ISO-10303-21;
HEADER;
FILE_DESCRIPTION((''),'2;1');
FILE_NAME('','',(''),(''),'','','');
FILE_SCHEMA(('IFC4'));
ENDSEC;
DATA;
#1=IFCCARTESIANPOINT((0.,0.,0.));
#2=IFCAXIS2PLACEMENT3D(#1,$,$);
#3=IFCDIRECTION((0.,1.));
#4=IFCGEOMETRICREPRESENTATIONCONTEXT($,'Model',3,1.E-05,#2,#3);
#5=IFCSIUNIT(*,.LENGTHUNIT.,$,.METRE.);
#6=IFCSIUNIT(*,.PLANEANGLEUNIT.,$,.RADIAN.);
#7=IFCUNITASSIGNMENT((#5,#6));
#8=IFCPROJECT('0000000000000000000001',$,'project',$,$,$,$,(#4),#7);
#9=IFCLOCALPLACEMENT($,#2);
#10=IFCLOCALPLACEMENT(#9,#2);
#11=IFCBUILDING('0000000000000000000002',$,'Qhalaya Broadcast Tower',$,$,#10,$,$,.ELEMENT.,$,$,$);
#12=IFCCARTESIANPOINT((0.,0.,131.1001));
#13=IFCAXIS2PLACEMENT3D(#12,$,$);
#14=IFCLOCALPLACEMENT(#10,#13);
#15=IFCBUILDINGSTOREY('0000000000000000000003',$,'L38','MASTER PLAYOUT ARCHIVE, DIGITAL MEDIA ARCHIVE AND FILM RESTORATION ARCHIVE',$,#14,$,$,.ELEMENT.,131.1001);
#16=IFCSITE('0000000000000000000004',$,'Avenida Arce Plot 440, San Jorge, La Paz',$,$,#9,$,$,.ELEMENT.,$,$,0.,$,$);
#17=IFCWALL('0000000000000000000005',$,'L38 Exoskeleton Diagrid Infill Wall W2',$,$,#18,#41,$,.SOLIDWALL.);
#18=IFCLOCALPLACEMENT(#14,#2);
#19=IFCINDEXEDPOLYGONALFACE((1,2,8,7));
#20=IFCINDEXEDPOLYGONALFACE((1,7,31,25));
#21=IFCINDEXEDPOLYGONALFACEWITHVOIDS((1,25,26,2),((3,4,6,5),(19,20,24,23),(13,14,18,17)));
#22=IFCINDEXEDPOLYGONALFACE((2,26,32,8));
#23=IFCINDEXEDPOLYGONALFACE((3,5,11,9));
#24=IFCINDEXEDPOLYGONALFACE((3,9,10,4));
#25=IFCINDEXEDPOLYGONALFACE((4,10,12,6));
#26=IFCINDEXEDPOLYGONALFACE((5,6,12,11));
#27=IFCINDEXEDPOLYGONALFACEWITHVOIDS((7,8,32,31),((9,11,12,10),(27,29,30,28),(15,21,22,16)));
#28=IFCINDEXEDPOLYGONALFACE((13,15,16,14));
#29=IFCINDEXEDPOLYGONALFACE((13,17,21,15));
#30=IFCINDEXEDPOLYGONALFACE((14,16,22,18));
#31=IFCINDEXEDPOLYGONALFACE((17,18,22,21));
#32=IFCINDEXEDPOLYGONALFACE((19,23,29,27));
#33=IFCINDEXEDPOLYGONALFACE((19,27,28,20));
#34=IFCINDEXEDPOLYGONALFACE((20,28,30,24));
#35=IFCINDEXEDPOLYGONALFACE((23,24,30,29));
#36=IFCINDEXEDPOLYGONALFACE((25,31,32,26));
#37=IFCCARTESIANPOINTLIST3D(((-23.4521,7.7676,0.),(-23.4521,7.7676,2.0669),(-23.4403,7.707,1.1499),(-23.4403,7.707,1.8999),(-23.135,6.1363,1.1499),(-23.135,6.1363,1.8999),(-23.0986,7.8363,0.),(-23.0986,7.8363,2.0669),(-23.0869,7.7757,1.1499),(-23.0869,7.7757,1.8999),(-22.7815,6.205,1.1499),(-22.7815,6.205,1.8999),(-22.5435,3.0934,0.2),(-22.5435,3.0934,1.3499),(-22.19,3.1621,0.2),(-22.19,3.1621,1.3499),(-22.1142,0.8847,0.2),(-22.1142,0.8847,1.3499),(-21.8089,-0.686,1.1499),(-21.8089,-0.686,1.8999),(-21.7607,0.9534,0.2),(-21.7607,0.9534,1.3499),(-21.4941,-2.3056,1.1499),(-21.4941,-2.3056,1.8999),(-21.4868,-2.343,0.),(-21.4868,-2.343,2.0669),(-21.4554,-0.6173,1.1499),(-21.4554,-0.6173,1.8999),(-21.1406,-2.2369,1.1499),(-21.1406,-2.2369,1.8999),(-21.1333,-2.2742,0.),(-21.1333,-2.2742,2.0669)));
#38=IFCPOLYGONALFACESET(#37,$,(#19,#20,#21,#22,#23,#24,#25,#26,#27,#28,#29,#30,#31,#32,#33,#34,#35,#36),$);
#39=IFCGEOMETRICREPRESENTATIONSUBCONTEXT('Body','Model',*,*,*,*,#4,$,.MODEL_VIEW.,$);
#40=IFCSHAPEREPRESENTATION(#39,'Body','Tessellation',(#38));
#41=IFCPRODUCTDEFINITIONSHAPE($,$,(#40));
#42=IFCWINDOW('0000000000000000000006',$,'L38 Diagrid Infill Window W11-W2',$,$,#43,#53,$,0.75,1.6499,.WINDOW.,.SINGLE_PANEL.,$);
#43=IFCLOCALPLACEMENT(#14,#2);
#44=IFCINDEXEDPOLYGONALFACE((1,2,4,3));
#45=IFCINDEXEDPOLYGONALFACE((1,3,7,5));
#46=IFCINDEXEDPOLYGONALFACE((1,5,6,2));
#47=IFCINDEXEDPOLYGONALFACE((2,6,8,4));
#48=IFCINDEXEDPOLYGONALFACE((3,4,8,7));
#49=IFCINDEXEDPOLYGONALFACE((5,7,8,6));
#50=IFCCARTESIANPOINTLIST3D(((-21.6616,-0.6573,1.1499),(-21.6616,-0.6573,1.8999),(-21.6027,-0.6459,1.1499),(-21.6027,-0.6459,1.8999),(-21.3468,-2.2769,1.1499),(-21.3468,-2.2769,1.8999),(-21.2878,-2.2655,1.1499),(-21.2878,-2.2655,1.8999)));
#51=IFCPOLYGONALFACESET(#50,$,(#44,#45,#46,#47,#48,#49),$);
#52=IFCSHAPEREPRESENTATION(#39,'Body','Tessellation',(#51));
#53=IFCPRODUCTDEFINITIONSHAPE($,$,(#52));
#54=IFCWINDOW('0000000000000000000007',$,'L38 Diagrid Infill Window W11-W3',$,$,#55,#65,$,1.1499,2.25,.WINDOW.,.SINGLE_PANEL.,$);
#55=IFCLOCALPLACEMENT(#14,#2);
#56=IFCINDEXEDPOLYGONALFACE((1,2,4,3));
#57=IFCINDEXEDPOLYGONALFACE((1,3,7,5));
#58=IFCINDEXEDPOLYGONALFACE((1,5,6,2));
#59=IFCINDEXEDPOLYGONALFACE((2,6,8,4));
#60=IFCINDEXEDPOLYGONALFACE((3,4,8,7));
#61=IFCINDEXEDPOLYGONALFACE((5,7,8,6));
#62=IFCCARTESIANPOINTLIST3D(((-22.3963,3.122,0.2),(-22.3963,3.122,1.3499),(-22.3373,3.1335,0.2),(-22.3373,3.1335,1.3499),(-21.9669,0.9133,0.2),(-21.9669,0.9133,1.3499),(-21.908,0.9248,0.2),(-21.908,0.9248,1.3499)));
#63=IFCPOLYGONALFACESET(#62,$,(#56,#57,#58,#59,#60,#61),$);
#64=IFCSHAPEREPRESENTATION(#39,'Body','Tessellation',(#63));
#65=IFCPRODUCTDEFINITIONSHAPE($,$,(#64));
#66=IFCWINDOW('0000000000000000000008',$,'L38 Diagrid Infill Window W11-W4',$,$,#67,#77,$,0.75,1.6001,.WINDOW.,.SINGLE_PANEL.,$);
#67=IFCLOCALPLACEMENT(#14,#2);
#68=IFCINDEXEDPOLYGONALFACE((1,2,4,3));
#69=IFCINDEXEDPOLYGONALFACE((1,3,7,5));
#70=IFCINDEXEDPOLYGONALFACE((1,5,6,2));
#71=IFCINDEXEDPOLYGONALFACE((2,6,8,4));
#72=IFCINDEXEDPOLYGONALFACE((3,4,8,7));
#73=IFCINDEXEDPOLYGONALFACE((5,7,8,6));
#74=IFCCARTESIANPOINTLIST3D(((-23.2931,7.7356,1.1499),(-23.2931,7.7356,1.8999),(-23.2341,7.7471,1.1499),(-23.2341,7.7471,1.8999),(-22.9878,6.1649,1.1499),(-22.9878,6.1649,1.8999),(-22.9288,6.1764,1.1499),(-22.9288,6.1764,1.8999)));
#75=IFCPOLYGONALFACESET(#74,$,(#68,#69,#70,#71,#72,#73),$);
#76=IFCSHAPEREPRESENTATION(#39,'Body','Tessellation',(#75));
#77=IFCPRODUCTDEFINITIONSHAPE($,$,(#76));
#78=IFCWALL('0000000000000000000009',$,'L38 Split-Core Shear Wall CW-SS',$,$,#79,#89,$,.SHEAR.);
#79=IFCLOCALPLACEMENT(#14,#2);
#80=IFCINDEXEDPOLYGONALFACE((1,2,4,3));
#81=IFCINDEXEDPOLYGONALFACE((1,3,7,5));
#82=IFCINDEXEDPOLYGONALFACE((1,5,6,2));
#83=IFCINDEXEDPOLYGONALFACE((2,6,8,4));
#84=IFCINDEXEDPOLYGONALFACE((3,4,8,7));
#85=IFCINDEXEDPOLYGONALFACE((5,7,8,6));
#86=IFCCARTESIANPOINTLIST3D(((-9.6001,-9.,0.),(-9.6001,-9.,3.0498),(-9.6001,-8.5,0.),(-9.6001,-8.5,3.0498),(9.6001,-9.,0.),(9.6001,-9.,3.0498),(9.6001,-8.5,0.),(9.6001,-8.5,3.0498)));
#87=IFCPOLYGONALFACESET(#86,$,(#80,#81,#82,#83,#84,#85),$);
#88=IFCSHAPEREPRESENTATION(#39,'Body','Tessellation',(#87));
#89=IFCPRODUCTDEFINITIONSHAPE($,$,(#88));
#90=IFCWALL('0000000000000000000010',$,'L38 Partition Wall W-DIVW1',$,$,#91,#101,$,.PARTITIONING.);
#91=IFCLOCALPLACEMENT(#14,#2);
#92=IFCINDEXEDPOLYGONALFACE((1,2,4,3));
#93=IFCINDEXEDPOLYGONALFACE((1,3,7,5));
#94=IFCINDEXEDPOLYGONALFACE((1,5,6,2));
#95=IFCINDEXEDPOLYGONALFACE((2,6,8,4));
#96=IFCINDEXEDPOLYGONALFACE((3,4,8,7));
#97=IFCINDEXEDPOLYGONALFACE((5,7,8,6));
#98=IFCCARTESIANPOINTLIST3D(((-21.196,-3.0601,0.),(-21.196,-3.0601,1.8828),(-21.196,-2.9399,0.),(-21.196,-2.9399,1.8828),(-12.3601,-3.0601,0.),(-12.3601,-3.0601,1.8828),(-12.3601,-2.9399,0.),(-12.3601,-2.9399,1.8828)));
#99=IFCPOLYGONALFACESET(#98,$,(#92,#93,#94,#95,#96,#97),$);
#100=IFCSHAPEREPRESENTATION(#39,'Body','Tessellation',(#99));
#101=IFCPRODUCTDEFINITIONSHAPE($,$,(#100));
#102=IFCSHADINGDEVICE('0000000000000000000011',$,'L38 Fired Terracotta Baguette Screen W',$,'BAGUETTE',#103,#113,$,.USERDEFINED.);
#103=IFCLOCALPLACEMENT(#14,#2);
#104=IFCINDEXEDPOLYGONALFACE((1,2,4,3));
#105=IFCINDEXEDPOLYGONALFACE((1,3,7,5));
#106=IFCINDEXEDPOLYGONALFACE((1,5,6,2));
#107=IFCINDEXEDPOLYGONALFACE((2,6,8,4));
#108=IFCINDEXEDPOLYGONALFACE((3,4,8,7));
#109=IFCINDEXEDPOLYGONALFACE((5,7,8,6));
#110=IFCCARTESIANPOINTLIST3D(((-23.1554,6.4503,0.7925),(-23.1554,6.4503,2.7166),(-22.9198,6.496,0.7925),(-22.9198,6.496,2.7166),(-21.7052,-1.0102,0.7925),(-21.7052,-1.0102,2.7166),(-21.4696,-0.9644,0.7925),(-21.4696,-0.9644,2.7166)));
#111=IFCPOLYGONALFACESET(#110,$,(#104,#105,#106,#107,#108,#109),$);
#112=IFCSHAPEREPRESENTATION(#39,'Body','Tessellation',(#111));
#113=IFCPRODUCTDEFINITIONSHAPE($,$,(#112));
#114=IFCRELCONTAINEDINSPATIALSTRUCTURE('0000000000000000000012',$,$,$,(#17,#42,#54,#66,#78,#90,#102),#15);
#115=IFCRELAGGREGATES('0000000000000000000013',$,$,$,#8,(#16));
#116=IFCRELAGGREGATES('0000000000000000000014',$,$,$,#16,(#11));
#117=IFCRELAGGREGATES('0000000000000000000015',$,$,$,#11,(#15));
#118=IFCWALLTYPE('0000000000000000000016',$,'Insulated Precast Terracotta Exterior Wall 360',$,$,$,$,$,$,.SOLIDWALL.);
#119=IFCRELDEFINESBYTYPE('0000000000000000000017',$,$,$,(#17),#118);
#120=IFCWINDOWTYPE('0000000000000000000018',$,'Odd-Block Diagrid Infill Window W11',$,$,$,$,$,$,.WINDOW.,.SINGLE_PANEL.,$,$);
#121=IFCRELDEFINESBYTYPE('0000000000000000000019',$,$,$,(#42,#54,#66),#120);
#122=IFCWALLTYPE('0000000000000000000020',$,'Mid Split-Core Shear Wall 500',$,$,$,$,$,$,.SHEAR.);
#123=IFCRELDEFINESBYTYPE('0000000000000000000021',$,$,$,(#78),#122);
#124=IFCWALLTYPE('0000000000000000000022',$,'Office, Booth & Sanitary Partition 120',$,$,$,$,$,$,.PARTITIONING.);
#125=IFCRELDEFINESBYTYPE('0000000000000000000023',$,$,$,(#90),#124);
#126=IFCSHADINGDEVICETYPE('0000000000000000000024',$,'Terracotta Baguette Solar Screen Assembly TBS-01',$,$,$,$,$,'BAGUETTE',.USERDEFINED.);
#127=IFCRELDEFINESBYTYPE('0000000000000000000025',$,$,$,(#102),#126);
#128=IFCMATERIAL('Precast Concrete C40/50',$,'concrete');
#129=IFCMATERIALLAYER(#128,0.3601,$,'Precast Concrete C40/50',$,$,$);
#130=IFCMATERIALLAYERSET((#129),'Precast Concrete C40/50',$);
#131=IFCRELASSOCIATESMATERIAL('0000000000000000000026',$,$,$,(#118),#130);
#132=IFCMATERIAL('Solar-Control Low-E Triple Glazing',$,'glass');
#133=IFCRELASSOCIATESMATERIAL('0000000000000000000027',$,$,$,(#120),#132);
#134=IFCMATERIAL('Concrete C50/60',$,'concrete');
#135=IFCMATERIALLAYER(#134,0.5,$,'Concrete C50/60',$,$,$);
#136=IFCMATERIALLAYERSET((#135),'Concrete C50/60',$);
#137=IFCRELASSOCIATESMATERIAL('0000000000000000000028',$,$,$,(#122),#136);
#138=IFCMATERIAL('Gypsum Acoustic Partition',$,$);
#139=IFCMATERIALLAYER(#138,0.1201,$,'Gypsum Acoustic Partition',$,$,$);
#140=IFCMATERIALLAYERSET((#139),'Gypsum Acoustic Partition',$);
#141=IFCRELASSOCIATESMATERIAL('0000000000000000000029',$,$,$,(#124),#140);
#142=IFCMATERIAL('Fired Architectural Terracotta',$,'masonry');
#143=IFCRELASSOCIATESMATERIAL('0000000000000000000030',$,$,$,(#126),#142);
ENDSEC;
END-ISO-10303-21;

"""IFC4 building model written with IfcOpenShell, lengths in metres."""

from ifc_helpers import new_model, si_unit, direction, frame, frame_2d, origin, origin_2d, place, context, subcontext, project, spatial, rectangle, extrude, material, layer, layer_set, type_object, element, fill, save


model = new_model("IFC4")

# Units and contexts
model_context = context("Model", 3, precision=1e-05, world=origin(), true_north=direction((0.0, 1.0)))
body_context = subcontext(model_context, "Body", "Model", "MODEL_VIEW")
ifc_project = project(units=[si_unit("LENGTHUNIT", "METRE"), si_unit("PLANEANGLEUNIT", "RADIAN")], contexts=[model_context])

# Site, building, storey
site_placement = place(None, origin())
site = spatial("IfcSite", under=ifc_project, at=site_placement, Name="Avenida Arce Plot 440, San Jorge, La Paz", CompositionType="ELEMENT", RefElevation=0.0)
building_placement = place(site_placement, origin())
building = spatial("IfcBuilding", under=site, at=building_placement, Name="Qhalaya Broadcast Tower", CompositionType="ELEMENT")
storey_placement = place(building_placement, frame((0.0, 0.0, 131.1001)))
storey = spatial("IfcBuildingStorey", under=building, at=storey_placement, Name="L38", Description="MASTER PLAYOUT ARCHIVE, DIGITAL MEDIA ARCHIVE AND FILM RESTORATION ARCHIVE", CompositionType="ELEMENT", Elevation=131.1001)

# Shared definitions
ifc_material_1 = material(Name="Gypsum Acoustic Partition")

# Wall, openings, windows
ifc_material_2 = material(Name="Precast Concrete C40/50", Category="concrete")
ifc_layer_1 = layer(ifc_material_2, 0.3601, Name="Precast Concrete C40/50")
ifc_layer_set_1 = layer_set([ifc_layer_1], Name="Precast Concrete C40/50")
wall_type_1 = type_object("IfcWallType", Name="Insulated Precast Terracotta Exterior Wall 360", PredefinedType="SOLIDWALL", material=ifc_layer_set_1)
wall_1_placement = place(storey_placement, frame((-21.3101, -2.3086, 0.0), z_axis=(0.0, 0.0, 1.0), x_axis=(-0.190812, 0.981627, 0.0)))
wall_1 = element("IfcWall", 1, at=wall_1_placement, inside=storey, type_object=wall_type_1, Name="L38 Exoskeleton Diagrid Infill Wall W2", PredefinedType="SOLIDWALL", context=body_context, shape_type="SweptSolid", body=[
    extrude(rectangle(XDim=10.2998, YDim=0.3601, at=frame_2d((5.1499, 0.0))), origin(), (0.0, 0.0, 1.0), 2.0669),
])
opening_1_placement = place(wall_1_placement, frame((0.0381, 0.0, 1.1499)))
opening_1 = element("IfcOpeningElement", 2, at=opening_1_placement, cuts=wall_1, PredefinedType="OPENING", context=body_context, shape_type="SweptSolid", body=[
    extrude(rectangle(XDim=1.6499, YDim=0.75, at=frame_2d((0.825, 0.375))), frame((0.0, 0.1921, 0.0), z_axis=(0.0, -1.0, 0.0), x_axis=(1.0, 0.0, 0.0)), (0.0, 0.0, 1.0), 0.384),
])
opening_2_placement = place(wall_1_placement, frame((3.2881, 0.0, 0.2)))
opening_2 = element("IfcOpeningElement", 3, at=opening_2_placement, cuts=wall_1, PredefinedType="OPENING", context=body_context, shape_type="SweptSolid", body=[
    extrude(rectangle(XDim=2.25, YDim=1.1499, at=frame_2d((1.125, 0.575))), frame((0.0, 0.1921, 0.0), z_axis=(0.0, -1.0, 0.0), x_axis=(1.0, 0.0, 0.0)), (0.0, 0.0, 1.0), 0.384),
])
opening_3_placement = place(wall_1_placement, frame((8.6379, 0.0, 1.1499)))
opening_3 = element("IfcOpeningElement", 4, at=opening_3_placement, cuts=wall_1, PredefinedType="OPENING", context=body_context, shape_type="SweptSolid", body=[
    extrude(rectangle(XDim=1.6001, YDim=0.75, at=frame_2d((0.8, 0.375))), frame((0.0, 0.1921, 0.0), z_axis=(0.0, -1.0, 0.0), x_axis=(1.0, 0.0, 0.0)), (0.0, 0.0, 1.0), 0.384),
])
ifc_material_3 = material(Name="Solar-Control Low-E Triple Glazing", Category="glass")
window_type = type_object("IfcWindowType", Name="Odd-Block Diagrid Infill Window W11", PartitioningType="SINGLE_PANEL", PredefinedType="WINDOW", material=ifc_material_3)
window_1_placement = place(opening_1_placement, origin())
window_1 = element("IfcWindow", 5, at=window_1_placement, inside=storey, type_object=window_type, Name="L38 Diagrid Infill Window W11-W2", OverallHeight=0.75, OverallWidth=1.6499, PartitioningType="SINGLE_PANEL", PredefinedType="WINDOW", context=body_context, shape_type="SweptSolid", body=[
    extrude(rectangle(XDim=1.6499, YDim=0.75, at=frame_2d((0.825, 0.375))), frame((0.0, 0.03, 0.0), z_axis=(0.0, -1.0, 0.0), x_axis=(1.0, 0.0, 0.0)), (0.0, 0.0, 1.0), 0.0601),
])
fill(opening_1, window_1)
window_2_placement = place(opening_2_placement, origin())
window_2 = element("IfcWindow", 6, at=window_2_placement, inside=storey, type_object=window_type, Name="L38 Diagrid Infill Window W11-W3", OverallHeight=1.1499, OverallWidth=2.25, PartitioningType="SINGLE_PANEL", PredefinedType="WINDOW", context=body_context, shape_type="SweptSolid", body=[
    extrude(rectangle(XDim=2.25, YDim=1.1499, at=frame_2d((1.125, 0.575))), frame((0.0, 0.03, 0.0), z_axis=(0.0, -1.0, 0.0), x_axis=(1.0, 0.0, 0.0)), (0.0, 0.0, 1.0), 0.0601),
])
fill(opening_2, window_2)
window_3_placement = place(opening_3_placement, origin())
window_3 = element("IfcWindow", 7, at=window_3_placement, inside=storey, type_object=window_type, Name="L38 Diagrid Infill Window W11-W4", OverallHeight=0.75, OverallWidth=1.6001, PartitioningType="SINGLE_PANEL", PredefinedType="WINDOW", context=body_context, shape_type="SweptSolid", body=[
    extrude(rectangle(XDim=1.6001, YDim=0.75, at=frame_2d((0.8, 0.375))), frame((0.0, 0.03, 0.0), z_axis=(0.0, -1.0, 0.0), x_axis=(1.0, 0.0, 0.0)), (0.0, 0.0, 1.0), 0.0601),
])
fill(opening_3, window_3)

# Wall
ifc_material_4 = material(Name="Concrete C50/60", Category="concrete")
ifc_layer_2 = layer(ifc_material_4, 0.5, Name="Concrete C50/60")
ifc_layer_set_2 = layer_set([ifc_layer_2], Name="Concrete C50/60")
wall_type_2 = type_object("IfcWallType", Name="Mid Split-Core Shear Wall 500", PredefinedType="SHEAR", material=ifc_layer_set_2)
wall_2_placement = place(storey_placement, frame((-9.6001, -8.75, 0.0), z_axis=(0.0, 0.0, 1.0), x_axis=(1.0, 0.0, 0.0)))
element("IfcWall", 8, at=wall_2_placement, inside=storey, type_object=wall_type_2, Name="L38 Split-Core Shear Wall CW-SS", PredefinedType="SHEAR", context=body_context, shape_type="SweptSolid", body=[
    extrude(rectangle(XDim=19.2002, YDim=0.5, at=frame_2d((9.6001, 0.0))), origin(), (0.0, 0.0, 1.0), 3.0498),
])

# Wall
ifc_layer_3 = layer(ifc_material_1, 0.1201, Name="Gypsum Acoustic Partition")
ifc_layer_set_3 = layer_set([ifc_layer_3], Name="Gypsum Acoustic Partition")
wall_type_3 = type_object("IfcWallType", Name="Office, Booth & Sanitary Partition 120", PredefinedType="PARTITIONING", material=ifc_layer_set_3)
wall_3_placement = place(storey_placement, frame((-21.196, -3.0, 0.0), z_axis=(0.0, 0.0, 1.0), x_axis=(1.0, 0.0, 0.0)))
element("IfcWall", 9, at=wall_3_placement, inside=storey, type_object=wall_type_3, Name="L38 Partition Wall W-DIVW1", PredefinedType="PARTITIONING", context=body_context, shape_type="SweptSolid", body=[
    extrude(rectangle(XDim=8.8359, YDim=0.1201, at=frame_2d((4.418, 0.0))), origin(), (0.0, 0.0, 1.0), 1.8828),
])

# Shading device
ifc_material_5 = material(Name="Fired Architectural Terracotta", Category="masonry")
shading_device_type = type_object("IfcShadingDeviceType", Name="Terracotta Baguette Solar Screen Assembly TBS-01", ElementType="BAGUETTE", PredefinedType="USERDEFINED", material=ifc_material_5)
shading_device_placement = place(storey_placement, frame((-22.3125, 2.7429, 0.7925), z_axis=(0.0, 0.0, 1.0), x_axis=(0.190809, -0.981627, 0.0)))
element("IfcShadingDevice", 10, at=shading_device_placement, inside=storey, type_object=shading_device_type, Name="L38 Fired Terracotta Baguette Screen W", ObjectType="BAGUETTE", PredefinedType="USERDEFINED", context=body_context, shape_type="SweptSolid", body=[
    extrude(rectangle(XDim=7.6001, YDim=0.24, at=origin_2d()), origin(), (0.0, 0.0, 1.0), 1.9241),
])

save(model, "model.ifc")
